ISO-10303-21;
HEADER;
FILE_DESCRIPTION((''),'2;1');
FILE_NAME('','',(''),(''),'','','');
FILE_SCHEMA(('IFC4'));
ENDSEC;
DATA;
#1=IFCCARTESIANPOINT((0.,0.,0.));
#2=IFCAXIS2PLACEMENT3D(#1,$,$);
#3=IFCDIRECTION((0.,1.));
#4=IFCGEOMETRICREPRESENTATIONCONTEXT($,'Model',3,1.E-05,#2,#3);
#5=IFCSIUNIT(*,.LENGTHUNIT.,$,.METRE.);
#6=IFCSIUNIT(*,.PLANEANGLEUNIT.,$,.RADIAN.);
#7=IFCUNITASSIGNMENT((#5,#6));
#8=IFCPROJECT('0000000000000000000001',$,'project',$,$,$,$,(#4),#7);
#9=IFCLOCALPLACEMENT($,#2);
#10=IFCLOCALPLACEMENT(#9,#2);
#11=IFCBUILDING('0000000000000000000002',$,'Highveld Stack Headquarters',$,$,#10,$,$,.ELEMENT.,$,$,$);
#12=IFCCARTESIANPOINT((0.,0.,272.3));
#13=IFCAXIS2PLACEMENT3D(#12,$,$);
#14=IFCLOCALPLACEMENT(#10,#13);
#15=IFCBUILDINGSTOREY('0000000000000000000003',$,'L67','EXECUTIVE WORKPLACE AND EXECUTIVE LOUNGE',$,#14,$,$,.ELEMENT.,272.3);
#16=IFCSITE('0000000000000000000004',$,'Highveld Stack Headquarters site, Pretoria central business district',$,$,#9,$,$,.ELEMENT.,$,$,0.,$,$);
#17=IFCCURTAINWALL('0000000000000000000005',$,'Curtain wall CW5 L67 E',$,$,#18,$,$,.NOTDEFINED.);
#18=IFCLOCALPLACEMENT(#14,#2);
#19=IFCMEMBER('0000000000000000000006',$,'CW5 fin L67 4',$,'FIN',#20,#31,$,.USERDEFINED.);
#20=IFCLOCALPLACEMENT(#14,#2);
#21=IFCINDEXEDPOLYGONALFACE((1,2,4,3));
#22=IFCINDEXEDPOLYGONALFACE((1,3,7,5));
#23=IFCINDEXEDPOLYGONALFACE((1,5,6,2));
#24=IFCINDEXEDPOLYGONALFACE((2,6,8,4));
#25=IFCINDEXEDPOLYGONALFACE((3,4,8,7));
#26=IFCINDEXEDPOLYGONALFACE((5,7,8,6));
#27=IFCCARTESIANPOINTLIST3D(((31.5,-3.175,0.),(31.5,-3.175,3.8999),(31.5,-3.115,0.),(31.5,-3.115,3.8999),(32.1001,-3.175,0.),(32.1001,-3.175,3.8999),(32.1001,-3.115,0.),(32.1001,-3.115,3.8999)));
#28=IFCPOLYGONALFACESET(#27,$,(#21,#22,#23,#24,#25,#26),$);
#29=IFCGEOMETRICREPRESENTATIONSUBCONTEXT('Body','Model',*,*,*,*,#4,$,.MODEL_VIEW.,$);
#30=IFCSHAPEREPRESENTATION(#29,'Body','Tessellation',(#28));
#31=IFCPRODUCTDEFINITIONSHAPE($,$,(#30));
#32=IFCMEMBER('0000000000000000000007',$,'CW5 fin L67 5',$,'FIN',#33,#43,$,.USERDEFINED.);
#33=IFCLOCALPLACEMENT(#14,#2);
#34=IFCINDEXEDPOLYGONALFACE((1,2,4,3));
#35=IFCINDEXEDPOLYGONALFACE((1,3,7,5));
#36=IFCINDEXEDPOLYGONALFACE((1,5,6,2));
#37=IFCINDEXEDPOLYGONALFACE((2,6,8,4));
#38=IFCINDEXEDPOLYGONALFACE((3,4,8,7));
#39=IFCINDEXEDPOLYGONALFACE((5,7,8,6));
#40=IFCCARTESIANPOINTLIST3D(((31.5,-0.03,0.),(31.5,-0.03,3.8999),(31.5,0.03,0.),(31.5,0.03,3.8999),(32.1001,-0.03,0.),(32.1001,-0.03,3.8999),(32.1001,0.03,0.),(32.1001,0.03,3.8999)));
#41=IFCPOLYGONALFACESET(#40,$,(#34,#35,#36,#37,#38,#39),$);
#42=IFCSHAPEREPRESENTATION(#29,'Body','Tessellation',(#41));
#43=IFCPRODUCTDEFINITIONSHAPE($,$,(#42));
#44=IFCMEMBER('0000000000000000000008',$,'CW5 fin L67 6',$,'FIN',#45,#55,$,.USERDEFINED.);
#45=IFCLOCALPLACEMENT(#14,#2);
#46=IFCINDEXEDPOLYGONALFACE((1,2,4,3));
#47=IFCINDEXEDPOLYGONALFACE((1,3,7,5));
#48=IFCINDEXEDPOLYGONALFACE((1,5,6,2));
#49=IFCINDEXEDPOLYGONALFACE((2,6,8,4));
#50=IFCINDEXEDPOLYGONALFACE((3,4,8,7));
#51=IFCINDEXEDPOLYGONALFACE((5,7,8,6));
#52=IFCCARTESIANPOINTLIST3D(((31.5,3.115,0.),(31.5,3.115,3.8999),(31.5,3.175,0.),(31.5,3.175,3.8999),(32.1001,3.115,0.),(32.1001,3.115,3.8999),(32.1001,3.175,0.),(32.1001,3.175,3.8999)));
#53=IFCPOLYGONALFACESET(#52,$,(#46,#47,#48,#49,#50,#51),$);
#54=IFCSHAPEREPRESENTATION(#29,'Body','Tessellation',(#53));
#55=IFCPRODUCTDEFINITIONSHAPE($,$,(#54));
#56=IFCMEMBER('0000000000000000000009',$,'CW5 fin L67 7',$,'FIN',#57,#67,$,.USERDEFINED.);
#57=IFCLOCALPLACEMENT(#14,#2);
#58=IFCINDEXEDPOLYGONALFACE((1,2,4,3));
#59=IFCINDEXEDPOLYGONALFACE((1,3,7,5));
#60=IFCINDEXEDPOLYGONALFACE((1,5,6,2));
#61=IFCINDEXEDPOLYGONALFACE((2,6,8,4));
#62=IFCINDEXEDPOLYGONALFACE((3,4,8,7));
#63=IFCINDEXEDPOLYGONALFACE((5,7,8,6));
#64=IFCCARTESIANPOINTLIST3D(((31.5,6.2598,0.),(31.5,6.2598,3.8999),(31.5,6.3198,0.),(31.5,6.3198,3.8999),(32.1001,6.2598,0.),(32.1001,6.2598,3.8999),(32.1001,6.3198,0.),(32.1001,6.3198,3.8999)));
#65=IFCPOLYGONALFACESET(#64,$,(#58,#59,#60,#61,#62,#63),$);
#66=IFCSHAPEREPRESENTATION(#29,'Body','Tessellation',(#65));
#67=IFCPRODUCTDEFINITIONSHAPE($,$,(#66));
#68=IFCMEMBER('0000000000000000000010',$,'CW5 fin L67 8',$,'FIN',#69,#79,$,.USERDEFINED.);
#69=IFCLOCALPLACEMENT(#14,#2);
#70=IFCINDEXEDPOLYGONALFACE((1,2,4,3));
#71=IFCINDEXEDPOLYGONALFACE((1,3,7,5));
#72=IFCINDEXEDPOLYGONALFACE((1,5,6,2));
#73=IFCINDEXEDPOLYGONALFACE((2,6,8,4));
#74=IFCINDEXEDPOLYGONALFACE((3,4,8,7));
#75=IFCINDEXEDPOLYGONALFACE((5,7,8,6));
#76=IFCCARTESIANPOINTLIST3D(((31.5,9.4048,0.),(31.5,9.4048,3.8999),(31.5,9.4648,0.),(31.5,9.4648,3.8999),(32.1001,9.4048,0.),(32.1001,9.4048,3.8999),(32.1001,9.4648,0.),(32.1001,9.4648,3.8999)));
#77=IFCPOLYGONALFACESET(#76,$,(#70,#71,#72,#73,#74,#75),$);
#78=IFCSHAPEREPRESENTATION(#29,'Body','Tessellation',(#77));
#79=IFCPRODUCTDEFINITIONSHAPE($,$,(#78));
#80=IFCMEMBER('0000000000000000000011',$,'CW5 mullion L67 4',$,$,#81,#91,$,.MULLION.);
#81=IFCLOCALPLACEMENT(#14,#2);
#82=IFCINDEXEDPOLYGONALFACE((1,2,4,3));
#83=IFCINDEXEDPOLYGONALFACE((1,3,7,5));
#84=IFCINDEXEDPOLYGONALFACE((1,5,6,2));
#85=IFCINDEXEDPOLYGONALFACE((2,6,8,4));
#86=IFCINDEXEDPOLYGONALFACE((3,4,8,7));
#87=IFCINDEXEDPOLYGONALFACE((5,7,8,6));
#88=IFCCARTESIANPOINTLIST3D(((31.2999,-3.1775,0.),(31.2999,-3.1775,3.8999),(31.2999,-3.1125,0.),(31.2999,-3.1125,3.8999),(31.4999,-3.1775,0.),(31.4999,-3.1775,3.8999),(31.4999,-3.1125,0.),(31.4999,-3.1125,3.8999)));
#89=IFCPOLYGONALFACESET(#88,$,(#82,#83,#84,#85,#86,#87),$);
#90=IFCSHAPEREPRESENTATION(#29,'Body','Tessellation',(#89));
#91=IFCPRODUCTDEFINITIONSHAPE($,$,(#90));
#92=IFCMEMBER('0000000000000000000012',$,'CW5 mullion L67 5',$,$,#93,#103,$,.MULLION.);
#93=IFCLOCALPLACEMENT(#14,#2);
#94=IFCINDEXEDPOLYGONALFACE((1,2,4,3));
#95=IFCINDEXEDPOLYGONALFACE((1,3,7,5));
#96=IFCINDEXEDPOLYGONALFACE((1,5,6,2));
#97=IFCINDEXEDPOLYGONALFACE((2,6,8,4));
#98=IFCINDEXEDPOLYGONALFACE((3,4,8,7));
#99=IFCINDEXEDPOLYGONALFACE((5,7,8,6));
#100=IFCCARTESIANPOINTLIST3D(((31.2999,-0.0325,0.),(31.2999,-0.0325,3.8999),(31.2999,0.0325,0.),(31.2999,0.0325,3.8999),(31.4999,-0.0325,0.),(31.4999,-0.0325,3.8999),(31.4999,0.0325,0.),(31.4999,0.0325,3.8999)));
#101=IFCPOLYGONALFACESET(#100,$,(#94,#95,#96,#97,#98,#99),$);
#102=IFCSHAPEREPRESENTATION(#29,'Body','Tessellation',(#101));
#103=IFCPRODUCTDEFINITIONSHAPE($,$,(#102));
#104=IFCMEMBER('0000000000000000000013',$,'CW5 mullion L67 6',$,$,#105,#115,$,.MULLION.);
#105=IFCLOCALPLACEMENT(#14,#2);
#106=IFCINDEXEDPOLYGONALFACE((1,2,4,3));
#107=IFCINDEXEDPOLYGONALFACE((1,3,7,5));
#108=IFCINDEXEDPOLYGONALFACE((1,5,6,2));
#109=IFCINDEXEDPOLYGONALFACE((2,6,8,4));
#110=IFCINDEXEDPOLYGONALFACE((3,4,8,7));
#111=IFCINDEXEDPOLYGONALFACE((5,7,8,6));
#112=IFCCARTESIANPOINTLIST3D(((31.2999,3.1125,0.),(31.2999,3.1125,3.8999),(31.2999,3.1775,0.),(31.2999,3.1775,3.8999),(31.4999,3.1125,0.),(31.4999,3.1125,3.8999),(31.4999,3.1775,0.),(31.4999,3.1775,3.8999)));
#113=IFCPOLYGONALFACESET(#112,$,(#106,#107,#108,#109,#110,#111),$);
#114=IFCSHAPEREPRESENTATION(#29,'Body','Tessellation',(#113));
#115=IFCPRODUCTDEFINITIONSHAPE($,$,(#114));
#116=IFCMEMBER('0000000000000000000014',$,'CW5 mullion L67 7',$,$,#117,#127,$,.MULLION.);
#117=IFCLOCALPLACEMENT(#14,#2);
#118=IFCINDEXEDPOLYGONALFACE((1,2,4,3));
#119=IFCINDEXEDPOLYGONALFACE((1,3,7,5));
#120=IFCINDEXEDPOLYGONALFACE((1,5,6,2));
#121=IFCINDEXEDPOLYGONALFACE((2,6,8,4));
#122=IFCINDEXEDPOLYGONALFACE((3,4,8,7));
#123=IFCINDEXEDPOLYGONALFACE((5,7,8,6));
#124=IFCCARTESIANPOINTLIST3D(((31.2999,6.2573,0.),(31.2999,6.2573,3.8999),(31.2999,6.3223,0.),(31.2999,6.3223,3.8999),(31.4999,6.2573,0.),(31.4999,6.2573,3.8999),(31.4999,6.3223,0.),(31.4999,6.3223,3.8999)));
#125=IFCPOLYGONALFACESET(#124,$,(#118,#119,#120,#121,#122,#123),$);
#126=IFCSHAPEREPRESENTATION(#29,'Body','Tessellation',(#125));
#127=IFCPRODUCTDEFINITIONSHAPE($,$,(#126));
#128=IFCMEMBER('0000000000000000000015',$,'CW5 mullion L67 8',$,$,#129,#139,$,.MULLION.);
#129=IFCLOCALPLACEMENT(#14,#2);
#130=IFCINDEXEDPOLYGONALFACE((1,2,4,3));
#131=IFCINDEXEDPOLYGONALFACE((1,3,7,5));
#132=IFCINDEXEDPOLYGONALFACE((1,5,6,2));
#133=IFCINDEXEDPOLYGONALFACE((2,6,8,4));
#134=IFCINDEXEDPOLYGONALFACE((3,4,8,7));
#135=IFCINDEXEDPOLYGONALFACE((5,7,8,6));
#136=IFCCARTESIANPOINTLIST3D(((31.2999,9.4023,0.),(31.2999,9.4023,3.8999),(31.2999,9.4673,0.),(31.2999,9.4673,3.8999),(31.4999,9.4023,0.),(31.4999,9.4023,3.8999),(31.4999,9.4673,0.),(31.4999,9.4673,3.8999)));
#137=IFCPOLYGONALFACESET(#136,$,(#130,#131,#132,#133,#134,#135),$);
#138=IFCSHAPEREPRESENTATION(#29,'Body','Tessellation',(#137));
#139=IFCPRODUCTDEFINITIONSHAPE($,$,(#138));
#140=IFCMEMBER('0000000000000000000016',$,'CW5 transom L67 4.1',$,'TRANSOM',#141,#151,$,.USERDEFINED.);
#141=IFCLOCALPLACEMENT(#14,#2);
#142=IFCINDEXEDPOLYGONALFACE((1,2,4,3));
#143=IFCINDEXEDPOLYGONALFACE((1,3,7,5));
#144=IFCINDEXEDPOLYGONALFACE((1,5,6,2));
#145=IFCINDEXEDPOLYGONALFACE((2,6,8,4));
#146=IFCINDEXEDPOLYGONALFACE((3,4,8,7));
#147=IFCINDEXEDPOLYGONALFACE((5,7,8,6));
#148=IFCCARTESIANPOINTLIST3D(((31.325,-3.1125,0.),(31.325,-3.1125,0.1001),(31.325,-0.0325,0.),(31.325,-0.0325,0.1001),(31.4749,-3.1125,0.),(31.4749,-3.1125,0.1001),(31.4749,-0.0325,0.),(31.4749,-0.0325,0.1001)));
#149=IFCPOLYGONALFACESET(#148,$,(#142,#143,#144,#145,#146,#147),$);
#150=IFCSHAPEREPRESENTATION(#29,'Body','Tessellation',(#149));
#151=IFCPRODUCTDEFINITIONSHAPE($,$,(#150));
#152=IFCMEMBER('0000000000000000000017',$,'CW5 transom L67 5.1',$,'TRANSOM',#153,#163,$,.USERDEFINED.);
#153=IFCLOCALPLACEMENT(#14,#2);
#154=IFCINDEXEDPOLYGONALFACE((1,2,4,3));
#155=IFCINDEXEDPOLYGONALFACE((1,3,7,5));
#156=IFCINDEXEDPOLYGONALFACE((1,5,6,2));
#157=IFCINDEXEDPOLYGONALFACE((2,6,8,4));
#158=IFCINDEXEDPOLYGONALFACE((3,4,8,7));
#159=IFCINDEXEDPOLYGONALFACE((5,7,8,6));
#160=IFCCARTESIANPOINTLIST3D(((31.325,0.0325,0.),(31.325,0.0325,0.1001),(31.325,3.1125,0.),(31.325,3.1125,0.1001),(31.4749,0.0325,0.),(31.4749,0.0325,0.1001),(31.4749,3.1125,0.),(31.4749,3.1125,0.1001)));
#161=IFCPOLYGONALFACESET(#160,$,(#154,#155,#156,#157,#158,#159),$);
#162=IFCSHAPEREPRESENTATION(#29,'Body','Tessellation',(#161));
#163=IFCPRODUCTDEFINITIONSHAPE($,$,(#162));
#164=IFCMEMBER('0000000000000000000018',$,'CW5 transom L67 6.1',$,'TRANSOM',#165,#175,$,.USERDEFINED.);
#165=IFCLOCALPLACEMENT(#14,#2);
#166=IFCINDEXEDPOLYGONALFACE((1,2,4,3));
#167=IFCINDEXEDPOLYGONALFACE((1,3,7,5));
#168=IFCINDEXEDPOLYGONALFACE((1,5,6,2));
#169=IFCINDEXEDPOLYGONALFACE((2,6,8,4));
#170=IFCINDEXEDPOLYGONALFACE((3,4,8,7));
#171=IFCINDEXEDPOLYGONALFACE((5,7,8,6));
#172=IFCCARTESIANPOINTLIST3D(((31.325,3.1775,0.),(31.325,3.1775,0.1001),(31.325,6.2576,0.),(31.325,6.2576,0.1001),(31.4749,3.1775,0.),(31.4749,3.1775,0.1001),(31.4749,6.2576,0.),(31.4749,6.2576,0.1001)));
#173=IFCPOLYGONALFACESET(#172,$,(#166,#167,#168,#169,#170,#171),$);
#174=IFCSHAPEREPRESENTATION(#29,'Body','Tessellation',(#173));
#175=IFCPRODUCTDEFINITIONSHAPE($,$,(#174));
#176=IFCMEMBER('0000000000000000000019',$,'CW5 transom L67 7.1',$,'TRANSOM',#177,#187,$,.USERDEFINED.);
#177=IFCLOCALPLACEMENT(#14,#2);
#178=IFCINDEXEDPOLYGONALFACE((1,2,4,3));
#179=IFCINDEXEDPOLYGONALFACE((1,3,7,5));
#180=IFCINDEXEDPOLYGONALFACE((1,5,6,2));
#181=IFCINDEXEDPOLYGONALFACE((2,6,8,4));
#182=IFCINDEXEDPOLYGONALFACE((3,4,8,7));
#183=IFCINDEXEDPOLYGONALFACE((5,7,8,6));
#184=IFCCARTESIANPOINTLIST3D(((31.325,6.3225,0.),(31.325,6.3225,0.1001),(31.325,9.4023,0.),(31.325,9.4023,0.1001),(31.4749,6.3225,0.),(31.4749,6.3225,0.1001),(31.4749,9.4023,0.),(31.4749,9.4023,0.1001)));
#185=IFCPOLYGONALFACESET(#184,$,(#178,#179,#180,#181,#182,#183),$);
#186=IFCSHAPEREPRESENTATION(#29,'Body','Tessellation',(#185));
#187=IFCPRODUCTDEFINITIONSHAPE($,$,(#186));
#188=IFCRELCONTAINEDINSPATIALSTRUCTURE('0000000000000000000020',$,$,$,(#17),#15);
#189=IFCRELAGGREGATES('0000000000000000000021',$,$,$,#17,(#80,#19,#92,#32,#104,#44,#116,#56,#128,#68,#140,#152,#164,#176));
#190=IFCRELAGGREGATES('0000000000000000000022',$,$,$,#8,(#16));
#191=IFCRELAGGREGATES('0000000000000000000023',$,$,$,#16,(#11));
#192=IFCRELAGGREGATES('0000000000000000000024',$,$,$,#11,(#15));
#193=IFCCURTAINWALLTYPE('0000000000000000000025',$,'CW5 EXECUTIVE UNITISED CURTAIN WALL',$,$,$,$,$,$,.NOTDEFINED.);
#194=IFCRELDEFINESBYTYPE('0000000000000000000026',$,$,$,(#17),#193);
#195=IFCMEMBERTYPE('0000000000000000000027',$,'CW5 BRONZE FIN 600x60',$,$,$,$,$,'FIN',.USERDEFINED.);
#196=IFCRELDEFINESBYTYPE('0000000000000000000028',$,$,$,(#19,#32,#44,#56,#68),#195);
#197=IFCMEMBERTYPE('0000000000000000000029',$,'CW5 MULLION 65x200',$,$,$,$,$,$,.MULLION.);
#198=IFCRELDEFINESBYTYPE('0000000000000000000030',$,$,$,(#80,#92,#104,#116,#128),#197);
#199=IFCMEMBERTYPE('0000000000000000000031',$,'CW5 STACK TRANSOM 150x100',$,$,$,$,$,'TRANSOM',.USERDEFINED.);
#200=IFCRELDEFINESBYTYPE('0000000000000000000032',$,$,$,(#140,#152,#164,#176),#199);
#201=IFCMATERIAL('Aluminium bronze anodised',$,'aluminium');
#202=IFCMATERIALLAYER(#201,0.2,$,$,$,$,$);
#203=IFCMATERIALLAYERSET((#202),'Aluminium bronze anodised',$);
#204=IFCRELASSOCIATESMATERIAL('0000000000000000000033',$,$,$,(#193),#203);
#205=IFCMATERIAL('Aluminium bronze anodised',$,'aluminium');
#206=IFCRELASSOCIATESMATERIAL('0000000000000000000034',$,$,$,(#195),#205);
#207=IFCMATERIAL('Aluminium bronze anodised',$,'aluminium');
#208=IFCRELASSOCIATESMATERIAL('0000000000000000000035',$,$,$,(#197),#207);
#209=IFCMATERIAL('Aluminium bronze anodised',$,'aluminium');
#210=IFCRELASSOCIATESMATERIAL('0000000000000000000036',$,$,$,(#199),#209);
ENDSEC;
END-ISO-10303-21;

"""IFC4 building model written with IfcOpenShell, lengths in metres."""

from ifc_helpers import new_model, si_unit, direction, frame, origin, origin_2d, place, context, subcontext, project, spatial, rectangle, extrude, material, layer, layer_set, material_profile, profile_set, type_object, element, aggregate, save


model = new_model("IFC4")

# Units and contexts
model_context = context("Model", 3, precision=1e-05, world=origin(), true_north=direction((0.0, 1.0)))
body_context = subcontext(model_context, "Body", "Model", "MODEL_VIEW")
ifc_project = project(units=[si_unit("LENGTHUNIT", "METRE"), si_unit("PLANEANGLEUNIT", "RADIAN")], contexts=[model_context])

# Site, building, storey
site_placement = place(None, origin())
site = spatial("IfcSite", under=ifc_project, at=site_placement, Name="Highveld Stack Headquarters site, Pretoria central business district", CompositionType="ELEMENT", RefElevation=0.0)
building_placement = place(site_placement, origin())
building = spatial("IfcBuilding", under=site, at=building_placement, Name="Highveld Stack Headquarters", CompositionType="ELEMENT")
storey_placement = place(building_placement, frame((0.0, 0.0, 272.3)))
storey = spatial("IfcBuildingStorey", under=building, at=storey_placement, Name="L67", Description="EXECUTIVE WORKPLACE AND EXECUTIVE LOUNGE", CompositionType="ELEMENT", Elevation=272.3)

# Curtain wall, members
ifc_material_1 = material(Name="Aluminium bronze anodised", Category="aluminium")
ifc_layer_1 = layer(ifc_material_1, 0.2)
ifc_layer_set_1 = layer_set([ifc_layer_1], Name="Aluminium bronze anodised")
curtain_wall_type = type_object("IfcCurtainWallType", Name="CW5 EXECUTIVE UNITISED CURTAIN WALL", PredefinedType="NOTDEFINED", material=ifc_layer_set_1)
curtain_wall_placement = place(storey_placement, origin())
curtain_wall = element("IfcCurtainWall", 1, at=curtain_wall_placement, inside=storey, type_object=curtain_wall_type, Name="Curtain wall CW5 L67 E", PredefinedType="NOTDEFINED")
ifc_material_2 = material(Name="Aluminium bronze anodised", Category="aluminium")
ifc_material_profile_1 = material_profile(ifc_material_2, rectangle(XDim=0.6001, YDim=0.0601, at=origin_2d()), Name="FIN 600x60")
ifc_profile_set_1 = profile_set([ifc_material_profile_1], Name="Aluminium bronze anodised")
member_type_1 = type_object("IfcMemberType", Name="CW5 BRONZE FIN 600x60", ElementType="FIN", PredefinedType="USERDEFINED", material=ifc_profile_set_1)
member_1_placement = place(storey_placement, frame((31.8, -3.145, 0.0), z_axis=(0.0, 0.0, 1.0), x_axis=(-1.0, 0.0, 0.0)))
member_1 = element("IfcMember", 2, at=member_1_placement, type_object=member_type_1, Name="CW5 fin L67 4", ObjectType="FIN", PredefinedType="USERDEFINED", context=body_context, shape_type="SweptSolid", body=[
    extrude(rectangle(XDim=0.6001, YDim=0.0601, at=origin_2d()), origin(), (0.0, 0.0, 1.0), 3.8999),
])
member_2_placement = place(storey_placement, frame((31.8, 0.0, 0.0), z_axis=(0.0, 0.0, 1.0), x_axis=(-1.0, 0.0, 0.0)))
member_2 = element("IfcMember", 3, at=member_2_placement, type_object=member_type_1, Name="CW5 fin L67 5", ObjectType="FIN", PredefinedType="USERDEFINED", context=body_context, shape_type="SweptSolid", body=[
    extrude(rectangle(XDim=0.6001, YDim=0.0601, at=origin_2d()), origin(), (0.0, 0.0, 1.0), 3.8999),
])
member_3_placement = place(storey_placement, frame((31.8, 3.145, 0.0), z_axis=(0.0, 0.0, 1.0), x_axis=(-1.0, 0.0, 0.0)))
member_3 = element("IfcMember", 4, at=member_3_placement, type_object=member_type_1, Name="CW5 fin L67 6", ObjectType="FIN", PredefinedType="USERDEFINED", context=body_context, shape_type="SweptSolid", body=[
    extrude(rectangle(XDim=0.6001, YDim=0.0601, at=origin_2d()), origin(), (0.0, 0.0, 1.0), 3.8999),
])
member_4_placement = place(storey_placement, frame((31.8, 6.2898, 0.0), z_axis=(0.0, 0.0, 1.0), x_axis=(-1.0, 0.0, 0.0)))
member_4 = element("IfcMember", 5, at=member_4_placement, type_object=member_type_1, Name="CW5 fin L67 7", ObjectType="FIN", PredefinedType="USERDEFINED", context=body_context, shape_type="SweptSolid", body=[
    extrude(rectangle(XDim=0.6001, YDim=0.0601, at=origin_2d()), origin(), (0.0, 0.0, 1.0), 3.8999),
])
member_5_placement = place(storey_placement, frame((31.8, 9.4348, 0.0), z_axis=(0.0, 0.0, 1.0), x_axis=(-1.0, 0.0, 0.0)))
member_5 = element("IfcMember", 6, at=member_5_placement, type_object=member_type_1, Name="CW5 fin L67 8", ObjectType="FIN", PredefinedType="USERDEFINED", context=body_context, shape_type="SweptSolid", body=[
    extrude(rectangle(XDim=0.6001, YDim=0.0601, at=origin_2d()), origin(), (0.0, 0.0, 1.0), 3.8999),
])
ifc_material_3 = material(Name="Aluminium bronze anodised", Category="aluminium")
ifc_material_profile_2 = material_profile(ifc_material_3, rectangle(XDim=0.2, YDim=0.0649, at=origin_2d()), Name="CW5 MULLION 65x200")
ifc_profile_set_2 = profile_set([ifc_material_profile_2], Name="Aluminium bronze anodised")
member_type_2 = type_object("IfcMemberType", Name="CW5 MULLION 65x200", PredefinedType="MULLION", material=ifc_profile_set_2)
member_6_placement = place(storey_placement, frame((31.3999, -3.145, 0.0), z_axis=(0.0, 0.0, 1.0), x_axis=(-1.0, 0.0, 0.0)))
member_6 = element("IfcMember", 7, at=member_6_placement, type_object=member_type_2, Name="CW5 mullion L67 4", PredefinedType="MULLION", context=body_context, shape_type="SweptSolid", body=[
    extrude(rectangle(XDim=0.2, YDim=0.0649, at=origin_2d()), origin(), (0.0, 0.0, 1.0), 3.8999),
])
member_7_placement = place(storey_placement, frame((31.3999, 0.0, 0.0), z_axis=(0.0, 0.0, 1.0), x_axis=(-1.0, 0.0, 0.0)))
member_7 = element("IfcMember", 8, at=member_7_placement, type_object=member_type_2, Name="CW5 mullion L67 5", PredefinedType="MULLION", context=body_context, shape_type="SweptSolid", body=[
    extrude(rectangle(XDim=0.2, YDim=0.0649, at=origin_2d()), origin(), (0.0, 0.0, 1.0), 3.8999),
])
member_8_placement = place(storey_placement, frame((31.3999, 3.145, 0.0), z_axis=(0.0, 0.0, 1.0), x_axis=(-1.0, 0.0, 0.0)))
member_8 = element("IfcMember", 9, at=member_8_placement, type_object=member_type_2, Name="CW5 mullion L67 6", PredefinedType="MULLION", context=body_context, shape_type="SweptSolid", body=[
    extrude(rectangle(XDim=0.2, YDim=0.0649, at=origin_2d()), origin(), (0.0, 0.0, 1.0), 3.8999),
])
member_9_placement = place(storey_placement, frame((31.3999, 6.2898, 0.0), z_axis=(0.0, 0.0, 1.0), x_axis=(-1.0, 0.0, 0.0)))
member_9 = element("IfcMember", 10, at=member_9_placement, type_object=member_type_2, Name="CW5 mullion L67 7", PredefinedType="MULLION", context=body_context, shape_type="SweptSolid", body=[
    extrude(rectangle(XDim=0.2, YDim=0.0649, at=origin_2d()), origin(), (0.0, 0.0, 1.0), 3.8999),
])
member_10_placement = place(storey_placement, frame((31.3999, 9.4348, 0.0), z_axis=(0.0, 0.0, 1.0), x_axis=(-1.0, 0.0, 0.0)))
member_10 = element("IfcMember", 11, at=member_10_placement, type_object=member_type_2, Name="CW5 mullion L67 8", PredefinedType="MULLION", context=body_context, shape_type="SweptSolid", body=[
    extrude(rectangle(XDim=0.2, YDim=0.0649, at=origin_2d()), origin(), (0.0, 0.0, 1.0), 3.8999),
])
ifc_material_4 = material(Name="Aluminium bronze anodised", Category="aluminium")
ifc_material_profile_3 = material_profile(ifc_material_4, rectangle(XDim=0.1499, YDim=0.1001, at=origin_2d()), Name="CW5 TRANSOM 150x100")
ifc_profile_set_3 = profile_set([ifc_material_profile_3], Name="Aluminium bronze anodised")
member_type_3 = type_object("IfcMemberType", Name="CW5 STACK TRANSOM 150x100", ElementType="TRANSOM", PredefinedType="USERDEFINED", material=ifc_profile_set_3)
member_11_placement = place(storey_placement, frame((31.3999, -3.1125, 0.05), z_axis=(0.0, 1.0, 0.0), x_axis=(-1.0, 0.0, 0.0)))
member_11 = element("IfcMember", 12, at=member_11_placement, type_object=member_type_3, Name="CW5 transom L67 4.1", ObjectType="TRANSOM", PredefinedType="USERDEFINED", context=body_context, shape_type="SweptSolid", body=[
    extrude(rectangle(XDim=0.1499, YDim=0.1001, at=origin_2d()), origin(), (0.0, 0.0, 1.0), 3.0801),
])
member_12_placement = place(storey_placement, frame((31.3999, 0.0325, 0.05), z_axis=(0.0, 1.0, 0.0), x_axis=(-1.0, 0.0, 0.0)))
member_12 = element("IfcMember", 13, at=member_12_placement, type_object=member_type_3, Name="CW5 transom L67 5.1", ObjectType="TRANSOM", PredefinedType="USERDEFINED", context=body_context, shape_type="SweptSolid", body=[
    extrude(rectangle(XDim=0.1499, YDim=0.1001, at=origin_2d()), origin(), (0.0, 0.0, 1.0), 3.0801),
])
member_13_placement = place(storey_placement, frame((31.3999, 3.1775, 0.05), z_axis=(0.0, 1.0, 0.0), x_axis=(-1.0, 0.0, 0.0)))
member_13 = element("IfcMember", 14, at=member_13_placement, type_object=member_type_3, Name="CW5 transom L67 6.1", ObjectType="TRANSOM", PredefinedType="USERDEFINED", context=body_context, shape_type="SweptSolid", body=[
    extrude(rectangle(XDim=0.1499, YDim=0.1001, at=origin_2d()), origin(), (0.0, 0.0, 1.0), 3.0801),
])
member_14_placement = place(storey_placement, frame((31.3999, 6.3225, 0.05), z_axis=(0.0, 1.0, 0.0), x_axis=(-1.0, 0.0, 0.0)))
member_14 = element("IfcMember", 15, at=member_14_placement, type_object=member_type_3, Name="CW5 transom L67 7.1", ObjectType="TRANSOM", PredefinedType="USERDEFINED", context=body_context, shape_type="SweptSolid", body=[
    extrude(rectangle(XDim=0.1499, YDim=0.1001, at=origin_2d()), origin(), (0.0, 0.0, 1.0), 3.0798),
])

aggregate(curtain_wall, [member_6, member_1, member_7, member_2, member_8, member_3, member_9, member_4, member_10, member_5, member_11, member_12, member_13, member_14])

save(model, "model.ifc")
